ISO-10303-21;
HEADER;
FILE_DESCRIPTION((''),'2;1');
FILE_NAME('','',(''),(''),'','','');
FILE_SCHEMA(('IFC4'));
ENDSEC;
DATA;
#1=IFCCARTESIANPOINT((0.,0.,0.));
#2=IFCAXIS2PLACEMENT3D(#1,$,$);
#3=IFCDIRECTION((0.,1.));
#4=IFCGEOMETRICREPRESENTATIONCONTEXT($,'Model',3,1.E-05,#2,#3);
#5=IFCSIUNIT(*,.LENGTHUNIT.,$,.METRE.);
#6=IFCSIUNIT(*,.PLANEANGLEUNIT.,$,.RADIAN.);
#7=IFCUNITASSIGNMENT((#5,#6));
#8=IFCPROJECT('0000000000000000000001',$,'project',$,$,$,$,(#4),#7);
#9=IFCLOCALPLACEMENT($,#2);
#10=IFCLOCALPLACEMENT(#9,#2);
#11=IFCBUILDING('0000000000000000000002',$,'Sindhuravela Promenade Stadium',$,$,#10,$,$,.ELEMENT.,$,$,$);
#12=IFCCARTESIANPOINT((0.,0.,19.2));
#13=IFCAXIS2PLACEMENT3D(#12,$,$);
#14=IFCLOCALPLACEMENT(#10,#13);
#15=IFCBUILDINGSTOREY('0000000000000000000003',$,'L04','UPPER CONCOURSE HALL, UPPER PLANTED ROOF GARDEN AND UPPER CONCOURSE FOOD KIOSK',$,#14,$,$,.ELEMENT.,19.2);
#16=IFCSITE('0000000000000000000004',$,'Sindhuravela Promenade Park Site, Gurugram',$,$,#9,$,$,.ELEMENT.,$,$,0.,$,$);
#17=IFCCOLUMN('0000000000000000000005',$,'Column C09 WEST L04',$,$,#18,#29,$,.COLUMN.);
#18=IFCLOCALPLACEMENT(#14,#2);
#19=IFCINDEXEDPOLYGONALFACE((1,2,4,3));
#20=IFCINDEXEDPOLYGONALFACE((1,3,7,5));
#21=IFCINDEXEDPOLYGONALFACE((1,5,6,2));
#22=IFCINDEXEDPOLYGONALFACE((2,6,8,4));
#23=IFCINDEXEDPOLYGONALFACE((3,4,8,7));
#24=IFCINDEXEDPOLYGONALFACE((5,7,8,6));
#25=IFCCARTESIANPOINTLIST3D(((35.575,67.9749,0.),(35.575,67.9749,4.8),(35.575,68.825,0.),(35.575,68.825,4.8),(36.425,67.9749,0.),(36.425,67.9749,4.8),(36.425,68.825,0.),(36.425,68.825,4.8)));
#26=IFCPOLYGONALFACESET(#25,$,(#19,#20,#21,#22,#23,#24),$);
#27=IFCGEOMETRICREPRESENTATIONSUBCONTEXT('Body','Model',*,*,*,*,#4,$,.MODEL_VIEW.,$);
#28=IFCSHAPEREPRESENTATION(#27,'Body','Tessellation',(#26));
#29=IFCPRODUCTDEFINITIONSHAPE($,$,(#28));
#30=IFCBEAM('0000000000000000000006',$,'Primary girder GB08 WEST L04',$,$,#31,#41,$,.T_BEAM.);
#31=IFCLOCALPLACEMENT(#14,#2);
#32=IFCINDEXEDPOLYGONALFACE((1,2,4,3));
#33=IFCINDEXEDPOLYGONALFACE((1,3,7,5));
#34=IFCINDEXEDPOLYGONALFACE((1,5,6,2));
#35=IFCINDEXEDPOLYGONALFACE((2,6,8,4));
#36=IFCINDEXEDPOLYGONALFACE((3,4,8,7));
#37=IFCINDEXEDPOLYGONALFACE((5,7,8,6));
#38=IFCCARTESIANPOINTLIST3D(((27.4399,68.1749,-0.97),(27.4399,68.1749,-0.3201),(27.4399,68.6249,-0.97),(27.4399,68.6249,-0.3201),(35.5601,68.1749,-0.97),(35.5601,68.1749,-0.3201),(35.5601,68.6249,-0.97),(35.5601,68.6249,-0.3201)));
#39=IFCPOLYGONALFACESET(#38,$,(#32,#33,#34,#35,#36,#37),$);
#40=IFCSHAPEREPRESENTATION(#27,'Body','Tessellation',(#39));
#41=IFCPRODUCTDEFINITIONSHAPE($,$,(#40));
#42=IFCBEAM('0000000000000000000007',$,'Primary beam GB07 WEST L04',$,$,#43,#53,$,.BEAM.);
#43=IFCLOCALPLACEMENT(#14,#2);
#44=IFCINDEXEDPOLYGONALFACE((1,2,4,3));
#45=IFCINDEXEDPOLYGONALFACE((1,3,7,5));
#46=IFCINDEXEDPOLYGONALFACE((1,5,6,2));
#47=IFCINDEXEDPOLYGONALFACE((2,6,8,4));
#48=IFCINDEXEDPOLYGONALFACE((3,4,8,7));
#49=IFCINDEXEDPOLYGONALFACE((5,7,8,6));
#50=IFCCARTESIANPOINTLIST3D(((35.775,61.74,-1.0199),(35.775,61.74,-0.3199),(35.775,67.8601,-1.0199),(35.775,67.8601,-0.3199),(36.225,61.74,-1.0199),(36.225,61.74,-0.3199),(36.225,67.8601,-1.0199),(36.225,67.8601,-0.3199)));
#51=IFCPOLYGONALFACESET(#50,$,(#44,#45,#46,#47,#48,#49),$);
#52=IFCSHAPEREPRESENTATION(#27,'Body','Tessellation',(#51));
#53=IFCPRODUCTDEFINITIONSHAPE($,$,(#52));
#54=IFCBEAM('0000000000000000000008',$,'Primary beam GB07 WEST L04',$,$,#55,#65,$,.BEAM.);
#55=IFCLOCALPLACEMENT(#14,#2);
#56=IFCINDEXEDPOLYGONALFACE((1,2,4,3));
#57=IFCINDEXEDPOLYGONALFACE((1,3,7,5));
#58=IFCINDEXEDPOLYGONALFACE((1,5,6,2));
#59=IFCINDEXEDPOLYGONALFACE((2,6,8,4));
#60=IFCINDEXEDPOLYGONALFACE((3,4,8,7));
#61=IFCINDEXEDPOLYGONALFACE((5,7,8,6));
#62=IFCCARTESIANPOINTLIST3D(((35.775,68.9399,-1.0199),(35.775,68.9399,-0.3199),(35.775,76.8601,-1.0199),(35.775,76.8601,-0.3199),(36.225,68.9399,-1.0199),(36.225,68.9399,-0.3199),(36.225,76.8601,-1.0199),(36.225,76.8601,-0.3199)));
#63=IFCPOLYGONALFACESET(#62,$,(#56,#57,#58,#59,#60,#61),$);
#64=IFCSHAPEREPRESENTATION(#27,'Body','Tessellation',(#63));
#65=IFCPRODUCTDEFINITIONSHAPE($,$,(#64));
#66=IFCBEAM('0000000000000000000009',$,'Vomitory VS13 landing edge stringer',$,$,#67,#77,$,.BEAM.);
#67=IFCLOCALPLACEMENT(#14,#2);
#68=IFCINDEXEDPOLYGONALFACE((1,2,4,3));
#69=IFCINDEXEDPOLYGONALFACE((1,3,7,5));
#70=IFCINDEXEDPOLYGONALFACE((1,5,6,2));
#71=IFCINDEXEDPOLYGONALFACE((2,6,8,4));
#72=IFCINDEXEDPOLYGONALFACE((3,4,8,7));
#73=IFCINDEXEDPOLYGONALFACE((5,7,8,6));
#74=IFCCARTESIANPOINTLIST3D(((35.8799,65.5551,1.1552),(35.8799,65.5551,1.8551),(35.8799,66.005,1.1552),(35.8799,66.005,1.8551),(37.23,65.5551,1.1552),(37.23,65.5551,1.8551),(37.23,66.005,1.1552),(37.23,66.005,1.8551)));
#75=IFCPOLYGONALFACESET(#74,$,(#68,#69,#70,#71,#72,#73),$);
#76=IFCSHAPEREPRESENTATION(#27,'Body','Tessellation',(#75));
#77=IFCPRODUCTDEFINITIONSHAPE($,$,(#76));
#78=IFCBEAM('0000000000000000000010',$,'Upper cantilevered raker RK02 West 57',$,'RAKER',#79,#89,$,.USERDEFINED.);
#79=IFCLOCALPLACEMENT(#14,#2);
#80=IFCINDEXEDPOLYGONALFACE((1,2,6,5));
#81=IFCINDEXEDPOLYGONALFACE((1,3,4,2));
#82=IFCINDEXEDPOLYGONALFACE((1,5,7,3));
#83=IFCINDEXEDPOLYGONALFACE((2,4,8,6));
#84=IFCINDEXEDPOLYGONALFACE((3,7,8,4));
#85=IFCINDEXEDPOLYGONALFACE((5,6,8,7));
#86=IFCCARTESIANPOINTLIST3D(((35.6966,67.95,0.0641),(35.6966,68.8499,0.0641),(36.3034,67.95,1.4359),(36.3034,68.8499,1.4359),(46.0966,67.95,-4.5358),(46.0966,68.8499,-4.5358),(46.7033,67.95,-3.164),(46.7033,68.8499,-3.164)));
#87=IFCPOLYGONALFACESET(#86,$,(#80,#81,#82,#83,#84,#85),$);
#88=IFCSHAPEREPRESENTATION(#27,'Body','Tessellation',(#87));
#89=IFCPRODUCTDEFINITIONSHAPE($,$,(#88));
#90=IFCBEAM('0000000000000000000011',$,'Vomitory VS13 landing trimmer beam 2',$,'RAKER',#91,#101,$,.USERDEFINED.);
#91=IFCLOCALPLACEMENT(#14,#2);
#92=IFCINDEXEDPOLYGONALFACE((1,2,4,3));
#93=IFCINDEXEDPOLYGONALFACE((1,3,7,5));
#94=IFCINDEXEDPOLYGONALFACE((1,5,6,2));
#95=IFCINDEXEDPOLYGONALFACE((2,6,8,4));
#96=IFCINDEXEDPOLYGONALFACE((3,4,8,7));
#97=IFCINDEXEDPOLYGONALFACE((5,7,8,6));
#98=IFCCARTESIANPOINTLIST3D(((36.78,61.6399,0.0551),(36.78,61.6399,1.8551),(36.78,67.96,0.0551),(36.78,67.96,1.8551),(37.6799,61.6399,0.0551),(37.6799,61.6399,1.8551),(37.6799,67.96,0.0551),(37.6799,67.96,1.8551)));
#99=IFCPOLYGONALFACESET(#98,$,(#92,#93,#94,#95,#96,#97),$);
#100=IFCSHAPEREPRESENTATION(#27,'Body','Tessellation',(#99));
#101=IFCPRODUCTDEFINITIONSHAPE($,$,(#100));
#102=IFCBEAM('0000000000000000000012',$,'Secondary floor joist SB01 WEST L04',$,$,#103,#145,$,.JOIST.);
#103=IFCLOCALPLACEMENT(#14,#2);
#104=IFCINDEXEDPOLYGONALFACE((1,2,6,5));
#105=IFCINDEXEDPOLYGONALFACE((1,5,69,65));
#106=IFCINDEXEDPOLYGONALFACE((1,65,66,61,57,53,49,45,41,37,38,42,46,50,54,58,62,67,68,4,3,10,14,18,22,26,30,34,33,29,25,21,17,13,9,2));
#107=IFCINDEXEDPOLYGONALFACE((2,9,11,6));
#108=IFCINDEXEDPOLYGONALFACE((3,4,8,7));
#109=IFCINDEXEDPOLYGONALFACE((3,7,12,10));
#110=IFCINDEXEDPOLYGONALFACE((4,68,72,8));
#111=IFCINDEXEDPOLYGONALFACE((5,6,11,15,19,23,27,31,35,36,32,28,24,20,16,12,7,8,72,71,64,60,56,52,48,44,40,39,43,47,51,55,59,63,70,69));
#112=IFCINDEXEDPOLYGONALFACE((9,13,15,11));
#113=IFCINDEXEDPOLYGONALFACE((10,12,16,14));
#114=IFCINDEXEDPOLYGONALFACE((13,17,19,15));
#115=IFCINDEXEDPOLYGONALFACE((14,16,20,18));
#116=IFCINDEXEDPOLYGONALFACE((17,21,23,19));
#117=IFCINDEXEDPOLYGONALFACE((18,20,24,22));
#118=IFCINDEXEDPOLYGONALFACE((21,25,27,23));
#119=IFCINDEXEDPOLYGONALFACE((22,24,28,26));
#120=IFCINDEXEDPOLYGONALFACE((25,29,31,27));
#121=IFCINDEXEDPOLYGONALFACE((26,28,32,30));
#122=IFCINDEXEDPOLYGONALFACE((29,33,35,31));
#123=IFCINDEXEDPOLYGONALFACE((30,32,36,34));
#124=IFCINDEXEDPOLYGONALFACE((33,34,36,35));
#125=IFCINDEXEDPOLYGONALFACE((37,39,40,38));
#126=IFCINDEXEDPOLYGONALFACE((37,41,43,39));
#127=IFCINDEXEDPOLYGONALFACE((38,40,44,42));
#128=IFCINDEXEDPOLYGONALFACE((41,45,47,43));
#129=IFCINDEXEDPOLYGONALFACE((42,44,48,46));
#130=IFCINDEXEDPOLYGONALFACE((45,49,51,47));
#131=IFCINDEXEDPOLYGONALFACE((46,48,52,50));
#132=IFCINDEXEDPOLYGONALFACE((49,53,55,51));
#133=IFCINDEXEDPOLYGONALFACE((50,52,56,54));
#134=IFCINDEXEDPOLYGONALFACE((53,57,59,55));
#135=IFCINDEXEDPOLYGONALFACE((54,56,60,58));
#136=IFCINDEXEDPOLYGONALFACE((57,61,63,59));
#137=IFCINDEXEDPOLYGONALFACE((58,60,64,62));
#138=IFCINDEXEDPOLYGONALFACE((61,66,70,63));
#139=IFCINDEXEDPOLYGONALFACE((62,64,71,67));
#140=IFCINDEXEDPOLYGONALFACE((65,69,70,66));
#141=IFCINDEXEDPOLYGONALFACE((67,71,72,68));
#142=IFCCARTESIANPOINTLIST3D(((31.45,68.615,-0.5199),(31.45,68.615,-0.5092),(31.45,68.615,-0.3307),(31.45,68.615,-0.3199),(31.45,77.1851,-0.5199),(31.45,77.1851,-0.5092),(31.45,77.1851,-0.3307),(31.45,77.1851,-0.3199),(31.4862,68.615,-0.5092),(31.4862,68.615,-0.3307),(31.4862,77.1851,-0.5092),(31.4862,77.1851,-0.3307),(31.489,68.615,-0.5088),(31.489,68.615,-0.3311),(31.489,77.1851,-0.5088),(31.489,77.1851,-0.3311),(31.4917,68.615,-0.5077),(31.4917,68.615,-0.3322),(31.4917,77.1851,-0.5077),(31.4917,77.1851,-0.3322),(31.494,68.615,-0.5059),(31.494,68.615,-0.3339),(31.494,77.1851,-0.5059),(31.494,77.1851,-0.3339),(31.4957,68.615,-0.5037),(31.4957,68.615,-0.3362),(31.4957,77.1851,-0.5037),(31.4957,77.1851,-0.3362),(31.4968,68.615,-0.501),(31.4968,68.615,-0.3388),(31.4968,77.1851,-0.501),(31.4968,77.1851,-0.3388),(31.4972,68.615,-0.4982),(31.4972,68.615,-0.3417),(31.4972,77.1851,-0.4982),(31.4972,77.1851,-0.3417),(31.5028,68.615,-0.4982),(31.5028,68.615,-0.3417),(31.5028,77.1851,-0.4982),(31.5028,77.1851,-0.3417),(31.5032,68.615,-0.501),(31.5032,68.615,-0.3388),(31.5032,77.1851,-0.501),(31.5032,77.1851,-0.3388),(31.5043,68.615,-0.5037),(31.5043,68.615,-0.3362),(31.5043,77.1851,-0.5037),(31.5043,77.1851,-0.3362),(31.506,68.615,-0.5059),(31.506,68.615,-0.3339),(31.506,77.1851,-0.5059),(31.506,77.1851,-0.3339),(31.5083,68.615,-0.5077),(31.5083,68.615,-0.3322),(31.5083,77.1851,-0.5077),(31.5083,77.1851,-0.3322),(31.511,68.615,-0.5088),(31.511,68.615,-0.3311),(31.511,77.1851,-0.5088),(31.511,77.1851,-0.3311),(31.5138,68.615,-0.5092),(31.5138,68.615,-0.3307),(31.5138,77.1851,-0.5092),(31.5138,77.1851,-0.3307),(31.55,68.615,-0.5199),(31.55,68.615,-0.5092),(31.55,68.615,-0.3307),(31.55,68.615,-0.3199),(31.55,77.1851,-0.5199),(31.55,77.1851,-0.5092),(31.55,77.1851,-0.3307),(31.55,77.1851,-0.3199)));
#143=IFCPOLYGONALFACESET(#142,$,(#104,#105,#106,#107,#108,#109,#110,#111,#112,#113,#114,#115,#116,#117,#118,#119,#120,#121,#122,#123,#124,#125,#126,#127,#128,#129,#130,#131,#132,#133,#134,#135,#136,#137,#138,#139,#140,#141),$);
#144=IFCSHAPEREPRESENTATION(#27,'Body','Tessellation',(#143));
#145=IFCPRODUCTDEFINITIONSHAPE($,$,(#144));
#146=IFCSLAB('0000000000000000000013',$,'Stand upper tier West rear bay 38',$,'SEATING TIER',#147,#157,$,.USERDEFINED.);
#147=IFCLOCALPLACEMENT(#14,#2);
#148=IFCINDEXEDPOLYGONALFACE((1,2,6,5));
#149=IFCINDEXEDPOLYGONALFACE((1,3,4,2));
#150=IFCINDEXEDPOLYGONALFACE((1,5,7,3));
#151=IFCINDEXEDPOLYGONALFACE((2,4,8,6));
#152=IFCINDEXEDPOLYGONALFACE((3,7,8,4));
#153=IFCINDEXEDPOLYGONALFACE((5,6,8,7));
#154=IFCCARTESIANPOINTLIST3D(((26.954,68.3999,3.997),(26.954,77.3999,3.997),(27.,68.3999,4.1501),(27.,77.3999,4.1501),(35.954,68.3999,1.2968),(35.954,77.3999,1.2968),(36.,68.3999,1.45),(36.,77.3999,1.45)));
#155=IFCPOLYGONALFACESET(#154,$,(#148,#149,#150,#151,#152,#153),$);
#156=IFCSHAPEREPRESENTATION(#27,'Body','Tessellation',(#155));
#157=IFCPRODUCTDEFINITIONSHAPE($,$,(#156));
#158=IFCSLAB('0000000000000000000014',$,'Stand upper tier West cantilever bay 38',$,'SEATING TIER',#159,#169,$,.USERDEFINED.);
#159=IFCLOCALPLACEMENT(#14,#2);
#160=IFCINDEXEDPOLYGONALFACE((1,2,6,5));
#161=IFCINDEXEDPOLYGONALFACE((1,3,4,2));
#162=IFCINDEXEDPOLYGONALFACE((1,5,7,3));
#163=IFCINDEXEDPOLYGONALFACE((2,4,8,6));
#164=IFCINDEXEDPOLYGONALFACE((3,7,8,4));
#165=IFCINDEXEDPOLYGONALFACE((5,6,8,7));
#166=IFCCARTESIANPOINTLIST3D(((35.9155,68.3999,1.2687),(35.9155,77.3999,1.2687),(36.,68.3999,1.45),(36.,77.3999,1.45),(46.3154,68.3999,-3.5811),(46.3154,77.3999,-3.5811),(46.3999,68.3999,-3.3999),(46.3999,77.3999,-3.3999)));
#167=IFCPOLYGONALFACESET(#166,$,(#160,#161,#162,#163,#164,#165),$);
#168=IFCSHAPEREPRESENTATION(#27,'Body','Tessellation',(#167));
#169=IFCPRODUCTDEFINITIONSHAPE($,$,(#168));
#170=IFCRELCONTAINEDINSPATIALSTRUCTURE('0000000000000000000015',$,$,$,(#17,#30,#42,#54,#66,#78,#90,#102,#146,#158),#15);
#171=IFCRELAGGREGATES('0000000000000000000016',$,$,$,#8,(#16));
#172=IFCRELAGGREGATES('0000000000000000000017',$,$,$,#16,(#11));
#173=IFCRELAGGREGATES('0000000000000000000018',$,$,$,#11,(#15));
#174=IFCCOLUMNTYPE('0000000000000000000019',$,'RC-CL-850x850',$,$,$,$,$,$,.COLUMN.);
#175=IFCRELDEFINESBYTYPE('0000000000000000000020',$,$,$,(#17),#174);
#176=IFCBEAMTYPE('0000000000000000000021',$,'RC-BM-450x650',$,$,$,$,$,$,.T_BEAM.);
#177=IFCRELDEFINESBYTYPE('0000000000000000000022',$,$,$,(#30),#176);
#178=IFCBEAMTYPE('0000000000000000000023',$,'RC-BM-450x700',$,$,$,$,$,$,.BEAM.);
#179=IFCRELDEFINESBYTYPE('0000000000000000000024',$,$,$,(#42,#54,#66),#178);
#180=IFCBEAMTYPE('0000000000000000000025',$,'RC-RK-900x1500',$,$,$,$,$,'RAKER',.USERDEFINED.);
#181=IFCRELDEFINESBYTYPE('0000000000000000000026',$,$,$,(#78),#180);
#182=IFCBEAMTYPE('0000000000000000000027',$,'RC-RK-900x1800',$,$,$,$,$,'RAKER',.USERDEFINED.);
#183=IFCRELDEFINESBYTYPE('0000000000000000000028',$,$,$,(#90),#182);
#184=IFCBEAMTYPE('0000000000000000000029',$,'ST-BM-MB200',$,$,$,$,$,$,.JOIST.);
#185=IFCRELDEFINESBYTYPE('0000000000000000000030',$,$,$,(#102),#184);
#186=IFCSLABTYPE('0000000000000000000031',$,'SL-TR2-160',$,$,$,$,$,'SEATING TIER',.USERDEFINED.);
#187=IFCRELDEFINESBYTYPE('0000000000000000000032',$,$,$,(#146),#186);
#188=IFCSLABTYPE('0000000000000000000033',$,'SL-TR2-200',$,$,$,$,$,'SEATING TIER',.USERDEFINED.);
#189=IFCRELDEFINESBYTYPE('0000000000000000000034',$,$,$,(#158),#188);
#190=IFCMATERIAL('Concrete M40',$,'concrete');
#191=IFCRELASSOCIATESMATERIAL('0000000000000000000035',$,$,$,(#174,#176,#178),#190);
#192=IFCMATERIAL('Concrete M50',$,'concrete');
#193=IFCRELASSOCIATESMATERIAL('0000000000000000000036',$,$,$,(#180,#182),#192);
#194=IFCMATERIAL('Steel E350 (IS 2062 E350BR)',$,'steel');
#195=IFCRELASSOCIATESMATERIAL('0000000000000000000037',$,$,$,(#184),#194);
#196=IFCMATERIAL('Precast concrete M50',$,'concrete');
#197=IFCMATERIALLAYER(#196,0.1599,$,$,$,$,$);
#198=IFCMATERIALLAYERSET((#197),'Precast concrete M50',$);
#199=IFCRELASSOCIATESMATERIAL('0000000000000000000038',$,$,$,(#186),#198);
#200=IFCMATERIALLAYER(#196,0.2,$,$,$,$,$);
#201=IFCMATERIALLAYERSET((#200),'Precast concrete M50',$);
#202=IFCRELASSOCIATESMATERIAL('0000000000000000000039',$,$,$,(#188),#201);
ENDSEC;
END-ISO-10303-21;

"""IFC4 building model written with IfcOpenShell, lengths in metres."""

from ifc_helpers import new_model, si_unit, direction, frame, origin, origin_2d, place, context, subcontext, project, spatial, polyline, rectangle, i_section, outline, extrude, material, layer, layer_set, material_profile, profile_set, type_object, element, save


model = new_model("IFC4")

# Units and contexts
model_context = context("Model", 3, precision=1e-05, world=origin(), true_north=direction((0.0, 1.0)))
body_context = subcontext(model_context, "Body", "Model", "MODEL_VIEW")
ifc_project = project(units=[si_unit("LENGTHUNIT", "METRE"), si_unit("PLANEANGLEUNIT", "RADIAN")], contexts=[model_context])

# Site, building, storey
site_placement = place(None, origin())
site = spatial("IfcSite", under=ifc_project, at=site_placement, Name="Sindhuravela Promenade Park Site, Gurugram", CompositionType="ELEMENT", RefElevation=0.0)
building_placement = place(site_placement, origin())
building = spatial("IfcBuilding", under=site, at=building_placement, Name="Sindhuravela Promenade Stadium", CompositionType="ELEMENT")
storey_placement = place(building_placement, frame((0.0, 0.0, 19.2)))
storey = spatial("IfcBuildingStorey", under=building, at=storey_placement, Name="L04", Description="UPPER CONCOURSE HALL, UPPER PLANTED ROOF GARDEN AND UPPER CONCOURSE FOOD KIOSK", CompositionType="ELEMENT", Elevation=19.2)

# Column
ifc_material_1 = material(Name="Concrete M40", Category="concrete")
ifc_material_profile_1 = material_profile(ifc_material_1, rectangle(XDim=0.8501, YDim=0.8501, at=origin_2d()), Name="RC 850x850")
ifc_profile_set_1 = profile_set([ifc_material_profile_1], Name="Concrete M40")
column_type = type_object("IfcColumnType", Name="RC-CL-850x850", PredefinedType="COLUMN", material=ifc_profile_set_1)
column_placement = place(storey_placement, frame((36.0, 68.3999, 0.0), z_axis=(0.0, 0.0, 1.0), x_axis=(1.0, 0.0, 0.0)))
element("IfcColumn", 1, at=column_placement, inside=storey, type_object=column_type, Name="Column C09 WEST L04", PredefinedType="COLUMN", context=body_context, shape_type="SweptSolid", body=[
    extrude(rectangle(XDim=0.8501, YDim=0.8501, at=origin_2d()), origin(), (0.0, 0.0, 1.0), 4.8),
])

# Beams
ifc_material_profile_2 = material_profile(ifc_material_1, rectangle(XDim=0.45, YDim=0.6499, at=origin_2d()), Name="RC 450x650")
ifc_profile_set_2 = profile_set([ifc_material_profile_2], Name="Concrete M40")
beam_type_1 = type_object("IfcBeamType", Name="RC-BM-450x650", PredefinedType="T_BEAM", material=ifc_profile_set_2)
beam_1_placement = place(storey_placement, frame((27.4399, 68.3999, -0.645), z_axis=(1.0, 0.0, 0.0), x_axis=(0.0, 1.0, 0.0)))
element("IfcBeam", 2, at=beam_1_placement, inside=storey, type_object=beam_type_1, Name="Primary girder GB08 WEST L04", PredefinedType="T_BEAM", context=body_context, shape_type="SweptSolid", body=[
    extrude(rectangle(XDim=0.45, YDim=0.6499, at=origin_2d()), origin(), (0.0, 0.0, 1.0), 8.1201),
])
ifc_material_profile_3 = material_profile(ifc_material_1, rectangle(XDim=0.45, YDim=0.7, at=origin_2d()), Name="RC 450x700")
ifc_profile_set_3 = profile_set([ifc_material_profile_3], Name="Concrete M40")
beam_type_2 = type_object("IfcBeamType", Name="RC-BM-450x700", PredefinedType="BEAM", material=ifc_profile_set_3)
beam_2_placement = place(storey_placement, frame((36.0, 61.74, -0.6699), z_axis=(0.0, 1.0, 0.0), x_axis=(-1.0, 0.0, 0.0)))
element("IfcBeam", 3, at=beam_2_placement, inside=storey, type_object=beam_type_2, Name="Primary beam GB07 WEST L04", PredefinedType="BEAM", context=body_context, shape_type="SweptSolid", body=[
    extrude(rectangle(XDim=0.45, YDim=0.7, at=origin_2d()), origin(), (0.0, 0.0, 1.0), 6.1201),
])
beam_3_placement = place(storey_placement, frame((36.0, 68.9399, -0.6699), z_axis=(0.0, 1.0, 0.0), x_axis=(-1.0, 0.0, 0.0)))
element("IfcBeam", 4, at=beam_3_placement, inside=storey, type_object=beam_type_2, Name="Primary beam GB07 WEST L04", PredefinedType="BEAM", context=body_context, shape_type="SweptSolid", body=[
    extrude(rectangle(XDim=0.45, YDim=0.7, at=origin_2d()), origin(), (0.0, 0.0, 1.0), 7.9202),
])
beam_4_placement = place(storey_placement, frame((35.8799, 65.78, 1.5051), z_axis=(1.0, 0.0, 0.0), x_axis=(0.0, 1.0, 0.0)))
element("IfcBeam", 5, at=beam_4_placement, inside=storey, type_object=beam_type_2, Name="Vomitory VS13 landing edge stringer", PredefinedType="BEAM", context=body_context, shape_type="SweptSolid", body=[
    extrude(rectangle(XDim=0.45, YDim=0.7, at=origin_2d()), origin(), (0.0, 0.0, 1.0), 1.3501),
])
ifc_material_2 = material(Name="Concrete M50", Category="concrete")
ifc_material_profile_4 = material_profile(ifc_material_2, rectangle(XDim=0.8999, YDim=1.5, at=origin_2d()), Name="RC 900x1500")
ifc_profile_set_4 = profile_set([ifc_material_profile_4], Name="Concrete M50")
beam_type_3 = type_object("IfcBeamType", Name="RC-RK-900x1500", ElementType="RAKER", PredefinedType="USERDEFINED", material=ifc_profile_set_4)
beam_5_placement = place(storey_placement, frame((36.0, 68.3999, 0.75), z_axis=(0.914539, 0.0, -0.404498), x_axis=(0.0, 1.0, 0.0)))
element("IfcBeam", 6, at=beam_5_placement, inside=storey, type_object=beam_type_3, Name="Upper cantilevered raker RK02 West 57", ObjectType="RAKER", PredefinedType="USERDEFINED", context=body_context, shape_type="SweptSolid", body=[
    extrude(rectangle(XDim=0.8999, YDim=1.5, at=origin_2d()), origin(), (0.0, 0.0, 1.0), 11.3718),
])
ifc_material_profile_5 = material_profile(ifc_material_2, rectangle(XDim=0.8999, YDim=1.8, at=origin_2d()), Name="RC 900x1800")
ifc_profile_set_5 = profile_set([ifc_material_profile_5], Name="Concrete M50")
beam_type_4 = type_object("IfcBeamType", Name="RC-RK-900x1800", ElementType="RAKER", PredefinedType="USERDEFINED", material=ifc_profile_set_5)
beam_6_placement = place(storey_placement, frame((37.23, 61.6399, 0.9551), z_axis=(0.0, 1.0, 0.0), x_axis=(-1.0, 0.0, 0.0)))
element("IfcBeam", 7, at=beam_6_placement, inside=storey, type_object=beam_type_4, Name="Vomitory VS13 landing trimmer beam 2", ObjectType="RAKER", PredefinedType="USERDEFINED", context=body_context, shape_type="SweptSolid", body=[
    extrude(rectangle(XDim=0.8999, YDim=1.8, at=origin_2d()), origin(), (0.0, 0.0, 1.0), 6.3201),
])
ifc_material_3 = material(Name="Steel E350 (IS 2062 E350BR)", Category="steel")
ifc_material_profile_6 = material_profile(ifc_material_3, i_section(OverallWidth=0.1001, OverallDepth=0.2, WebThickness=0.0056, FlangeThickness=0.0107, FilletRadius=0.011, at=origin_2d()), Name="ISMB 200")
ifc_profile_set_6 = profile_set([ifc_material_profile_6], Name="Steel E350 (IS 2062 E350BR)")
beam_type_5 = type_object("IfcBeamType", Name="ST-BM-MB200", PredefinedType="JOIST", material=ifc_profile_set_6)
beam_7_placement = place(storey_placement, frame((31.5, 68.615, -0.4199), z_axis=(0.0, 1.0, 0.0), x_axis=(-1.0, 0.0, 0.0)))
element("IfcBeam", 8, at=beam_7_placement, inside=storey, type_object=beam_type_5, Name="Secondary floor joist SB01 WEST L04", PredefinedType="JOIST", context=body_context, shape_type="SweptSolid", body=[
    extrude(i_section(OverallWidth=0.1001, OverallDepth=0.2, WebThickness=0.0056, FlangeThickness=0.0107, FilletRadius=0.011, at=origin_2d()), origin(), (0.0, 0.0, 1.0), 8.5701),
])

# Slabs
ifc_material_4 = material(Name="Precast concrete M50", Category="concrete")
ifc_layer_1 = layer(ifc_material_4, 0.1599)
ifc_layer_set_1 = layer_set([ifc_layer_1], Name="Precast concrete M50")
slab_type_1 = type_object("IfcSlabType", Name="SL-TR2-160", ElementType="SEATING TIER", PredefinedType="USERDEFINED", material=ifc_layer_set_1)
slab_1_placement = place(storey_placement, frame((36.0, 68.3999, 1.45), z_axis=(0.287367, 0.0, 0.957821), x_axis=(0.0, 1.0, 0.0)))
element("IfcSlab", 9, at=slab_1_placement, inside=storey, type_object=slab_type_1, Name="Stand upper tier West rear bay 38", ObjectType="SEATING TIER", PredefinedType="USERDEFINED", context=body_context, shape_type="SweptSolid", body=[
    extrude(outline(polyline([(0.0, 0.0), (9.0, 0.0), (9.0, 9.3963), (0.0, 9.3963), (0.0, 0.0)])), origin(), (0.0, 0.0, -1.0), 0.1599),
])
ifc_layer_2 = layer(ifc_material_4, 0.2)
ifc_layer_set_2 = layer_set([ifc_layer_2], Name="Precast concrete M50")
slab_type_2 = type_object("IfcSlabType", Name="SL-TR2-200", ElementType="SEATING TIER", PredefinedType="USERDEFINED", material=ifc_layer_set_2)
slab_2_placement = place(storey_placement, frame((46.3999, 68.3999, -3.3999), z_axis=(0.42264, 0.0, 0.906298), x_axis=(0.0, 1.0, 0.0)))
element("IfcSlab", 10, at=slab_2_placement, inside=storey, type_object=slab_type_2, Name="Stand upper tier West cantilever bay 38", ObjectType="SEATING TIER", PredefinedType="USERDEFINED", context=body_context, shape_type="SweptSolid", body=[
    extrude(outline(polyline([(0.0, 0.0), (9.0, 0.0), (9.0, 11.4751), (0.0, 11.4751), (0.0, 0.0)])), origin(), (0.0, 0.0, -1.0), 0.2),
])

save(model, "model.ifc")
